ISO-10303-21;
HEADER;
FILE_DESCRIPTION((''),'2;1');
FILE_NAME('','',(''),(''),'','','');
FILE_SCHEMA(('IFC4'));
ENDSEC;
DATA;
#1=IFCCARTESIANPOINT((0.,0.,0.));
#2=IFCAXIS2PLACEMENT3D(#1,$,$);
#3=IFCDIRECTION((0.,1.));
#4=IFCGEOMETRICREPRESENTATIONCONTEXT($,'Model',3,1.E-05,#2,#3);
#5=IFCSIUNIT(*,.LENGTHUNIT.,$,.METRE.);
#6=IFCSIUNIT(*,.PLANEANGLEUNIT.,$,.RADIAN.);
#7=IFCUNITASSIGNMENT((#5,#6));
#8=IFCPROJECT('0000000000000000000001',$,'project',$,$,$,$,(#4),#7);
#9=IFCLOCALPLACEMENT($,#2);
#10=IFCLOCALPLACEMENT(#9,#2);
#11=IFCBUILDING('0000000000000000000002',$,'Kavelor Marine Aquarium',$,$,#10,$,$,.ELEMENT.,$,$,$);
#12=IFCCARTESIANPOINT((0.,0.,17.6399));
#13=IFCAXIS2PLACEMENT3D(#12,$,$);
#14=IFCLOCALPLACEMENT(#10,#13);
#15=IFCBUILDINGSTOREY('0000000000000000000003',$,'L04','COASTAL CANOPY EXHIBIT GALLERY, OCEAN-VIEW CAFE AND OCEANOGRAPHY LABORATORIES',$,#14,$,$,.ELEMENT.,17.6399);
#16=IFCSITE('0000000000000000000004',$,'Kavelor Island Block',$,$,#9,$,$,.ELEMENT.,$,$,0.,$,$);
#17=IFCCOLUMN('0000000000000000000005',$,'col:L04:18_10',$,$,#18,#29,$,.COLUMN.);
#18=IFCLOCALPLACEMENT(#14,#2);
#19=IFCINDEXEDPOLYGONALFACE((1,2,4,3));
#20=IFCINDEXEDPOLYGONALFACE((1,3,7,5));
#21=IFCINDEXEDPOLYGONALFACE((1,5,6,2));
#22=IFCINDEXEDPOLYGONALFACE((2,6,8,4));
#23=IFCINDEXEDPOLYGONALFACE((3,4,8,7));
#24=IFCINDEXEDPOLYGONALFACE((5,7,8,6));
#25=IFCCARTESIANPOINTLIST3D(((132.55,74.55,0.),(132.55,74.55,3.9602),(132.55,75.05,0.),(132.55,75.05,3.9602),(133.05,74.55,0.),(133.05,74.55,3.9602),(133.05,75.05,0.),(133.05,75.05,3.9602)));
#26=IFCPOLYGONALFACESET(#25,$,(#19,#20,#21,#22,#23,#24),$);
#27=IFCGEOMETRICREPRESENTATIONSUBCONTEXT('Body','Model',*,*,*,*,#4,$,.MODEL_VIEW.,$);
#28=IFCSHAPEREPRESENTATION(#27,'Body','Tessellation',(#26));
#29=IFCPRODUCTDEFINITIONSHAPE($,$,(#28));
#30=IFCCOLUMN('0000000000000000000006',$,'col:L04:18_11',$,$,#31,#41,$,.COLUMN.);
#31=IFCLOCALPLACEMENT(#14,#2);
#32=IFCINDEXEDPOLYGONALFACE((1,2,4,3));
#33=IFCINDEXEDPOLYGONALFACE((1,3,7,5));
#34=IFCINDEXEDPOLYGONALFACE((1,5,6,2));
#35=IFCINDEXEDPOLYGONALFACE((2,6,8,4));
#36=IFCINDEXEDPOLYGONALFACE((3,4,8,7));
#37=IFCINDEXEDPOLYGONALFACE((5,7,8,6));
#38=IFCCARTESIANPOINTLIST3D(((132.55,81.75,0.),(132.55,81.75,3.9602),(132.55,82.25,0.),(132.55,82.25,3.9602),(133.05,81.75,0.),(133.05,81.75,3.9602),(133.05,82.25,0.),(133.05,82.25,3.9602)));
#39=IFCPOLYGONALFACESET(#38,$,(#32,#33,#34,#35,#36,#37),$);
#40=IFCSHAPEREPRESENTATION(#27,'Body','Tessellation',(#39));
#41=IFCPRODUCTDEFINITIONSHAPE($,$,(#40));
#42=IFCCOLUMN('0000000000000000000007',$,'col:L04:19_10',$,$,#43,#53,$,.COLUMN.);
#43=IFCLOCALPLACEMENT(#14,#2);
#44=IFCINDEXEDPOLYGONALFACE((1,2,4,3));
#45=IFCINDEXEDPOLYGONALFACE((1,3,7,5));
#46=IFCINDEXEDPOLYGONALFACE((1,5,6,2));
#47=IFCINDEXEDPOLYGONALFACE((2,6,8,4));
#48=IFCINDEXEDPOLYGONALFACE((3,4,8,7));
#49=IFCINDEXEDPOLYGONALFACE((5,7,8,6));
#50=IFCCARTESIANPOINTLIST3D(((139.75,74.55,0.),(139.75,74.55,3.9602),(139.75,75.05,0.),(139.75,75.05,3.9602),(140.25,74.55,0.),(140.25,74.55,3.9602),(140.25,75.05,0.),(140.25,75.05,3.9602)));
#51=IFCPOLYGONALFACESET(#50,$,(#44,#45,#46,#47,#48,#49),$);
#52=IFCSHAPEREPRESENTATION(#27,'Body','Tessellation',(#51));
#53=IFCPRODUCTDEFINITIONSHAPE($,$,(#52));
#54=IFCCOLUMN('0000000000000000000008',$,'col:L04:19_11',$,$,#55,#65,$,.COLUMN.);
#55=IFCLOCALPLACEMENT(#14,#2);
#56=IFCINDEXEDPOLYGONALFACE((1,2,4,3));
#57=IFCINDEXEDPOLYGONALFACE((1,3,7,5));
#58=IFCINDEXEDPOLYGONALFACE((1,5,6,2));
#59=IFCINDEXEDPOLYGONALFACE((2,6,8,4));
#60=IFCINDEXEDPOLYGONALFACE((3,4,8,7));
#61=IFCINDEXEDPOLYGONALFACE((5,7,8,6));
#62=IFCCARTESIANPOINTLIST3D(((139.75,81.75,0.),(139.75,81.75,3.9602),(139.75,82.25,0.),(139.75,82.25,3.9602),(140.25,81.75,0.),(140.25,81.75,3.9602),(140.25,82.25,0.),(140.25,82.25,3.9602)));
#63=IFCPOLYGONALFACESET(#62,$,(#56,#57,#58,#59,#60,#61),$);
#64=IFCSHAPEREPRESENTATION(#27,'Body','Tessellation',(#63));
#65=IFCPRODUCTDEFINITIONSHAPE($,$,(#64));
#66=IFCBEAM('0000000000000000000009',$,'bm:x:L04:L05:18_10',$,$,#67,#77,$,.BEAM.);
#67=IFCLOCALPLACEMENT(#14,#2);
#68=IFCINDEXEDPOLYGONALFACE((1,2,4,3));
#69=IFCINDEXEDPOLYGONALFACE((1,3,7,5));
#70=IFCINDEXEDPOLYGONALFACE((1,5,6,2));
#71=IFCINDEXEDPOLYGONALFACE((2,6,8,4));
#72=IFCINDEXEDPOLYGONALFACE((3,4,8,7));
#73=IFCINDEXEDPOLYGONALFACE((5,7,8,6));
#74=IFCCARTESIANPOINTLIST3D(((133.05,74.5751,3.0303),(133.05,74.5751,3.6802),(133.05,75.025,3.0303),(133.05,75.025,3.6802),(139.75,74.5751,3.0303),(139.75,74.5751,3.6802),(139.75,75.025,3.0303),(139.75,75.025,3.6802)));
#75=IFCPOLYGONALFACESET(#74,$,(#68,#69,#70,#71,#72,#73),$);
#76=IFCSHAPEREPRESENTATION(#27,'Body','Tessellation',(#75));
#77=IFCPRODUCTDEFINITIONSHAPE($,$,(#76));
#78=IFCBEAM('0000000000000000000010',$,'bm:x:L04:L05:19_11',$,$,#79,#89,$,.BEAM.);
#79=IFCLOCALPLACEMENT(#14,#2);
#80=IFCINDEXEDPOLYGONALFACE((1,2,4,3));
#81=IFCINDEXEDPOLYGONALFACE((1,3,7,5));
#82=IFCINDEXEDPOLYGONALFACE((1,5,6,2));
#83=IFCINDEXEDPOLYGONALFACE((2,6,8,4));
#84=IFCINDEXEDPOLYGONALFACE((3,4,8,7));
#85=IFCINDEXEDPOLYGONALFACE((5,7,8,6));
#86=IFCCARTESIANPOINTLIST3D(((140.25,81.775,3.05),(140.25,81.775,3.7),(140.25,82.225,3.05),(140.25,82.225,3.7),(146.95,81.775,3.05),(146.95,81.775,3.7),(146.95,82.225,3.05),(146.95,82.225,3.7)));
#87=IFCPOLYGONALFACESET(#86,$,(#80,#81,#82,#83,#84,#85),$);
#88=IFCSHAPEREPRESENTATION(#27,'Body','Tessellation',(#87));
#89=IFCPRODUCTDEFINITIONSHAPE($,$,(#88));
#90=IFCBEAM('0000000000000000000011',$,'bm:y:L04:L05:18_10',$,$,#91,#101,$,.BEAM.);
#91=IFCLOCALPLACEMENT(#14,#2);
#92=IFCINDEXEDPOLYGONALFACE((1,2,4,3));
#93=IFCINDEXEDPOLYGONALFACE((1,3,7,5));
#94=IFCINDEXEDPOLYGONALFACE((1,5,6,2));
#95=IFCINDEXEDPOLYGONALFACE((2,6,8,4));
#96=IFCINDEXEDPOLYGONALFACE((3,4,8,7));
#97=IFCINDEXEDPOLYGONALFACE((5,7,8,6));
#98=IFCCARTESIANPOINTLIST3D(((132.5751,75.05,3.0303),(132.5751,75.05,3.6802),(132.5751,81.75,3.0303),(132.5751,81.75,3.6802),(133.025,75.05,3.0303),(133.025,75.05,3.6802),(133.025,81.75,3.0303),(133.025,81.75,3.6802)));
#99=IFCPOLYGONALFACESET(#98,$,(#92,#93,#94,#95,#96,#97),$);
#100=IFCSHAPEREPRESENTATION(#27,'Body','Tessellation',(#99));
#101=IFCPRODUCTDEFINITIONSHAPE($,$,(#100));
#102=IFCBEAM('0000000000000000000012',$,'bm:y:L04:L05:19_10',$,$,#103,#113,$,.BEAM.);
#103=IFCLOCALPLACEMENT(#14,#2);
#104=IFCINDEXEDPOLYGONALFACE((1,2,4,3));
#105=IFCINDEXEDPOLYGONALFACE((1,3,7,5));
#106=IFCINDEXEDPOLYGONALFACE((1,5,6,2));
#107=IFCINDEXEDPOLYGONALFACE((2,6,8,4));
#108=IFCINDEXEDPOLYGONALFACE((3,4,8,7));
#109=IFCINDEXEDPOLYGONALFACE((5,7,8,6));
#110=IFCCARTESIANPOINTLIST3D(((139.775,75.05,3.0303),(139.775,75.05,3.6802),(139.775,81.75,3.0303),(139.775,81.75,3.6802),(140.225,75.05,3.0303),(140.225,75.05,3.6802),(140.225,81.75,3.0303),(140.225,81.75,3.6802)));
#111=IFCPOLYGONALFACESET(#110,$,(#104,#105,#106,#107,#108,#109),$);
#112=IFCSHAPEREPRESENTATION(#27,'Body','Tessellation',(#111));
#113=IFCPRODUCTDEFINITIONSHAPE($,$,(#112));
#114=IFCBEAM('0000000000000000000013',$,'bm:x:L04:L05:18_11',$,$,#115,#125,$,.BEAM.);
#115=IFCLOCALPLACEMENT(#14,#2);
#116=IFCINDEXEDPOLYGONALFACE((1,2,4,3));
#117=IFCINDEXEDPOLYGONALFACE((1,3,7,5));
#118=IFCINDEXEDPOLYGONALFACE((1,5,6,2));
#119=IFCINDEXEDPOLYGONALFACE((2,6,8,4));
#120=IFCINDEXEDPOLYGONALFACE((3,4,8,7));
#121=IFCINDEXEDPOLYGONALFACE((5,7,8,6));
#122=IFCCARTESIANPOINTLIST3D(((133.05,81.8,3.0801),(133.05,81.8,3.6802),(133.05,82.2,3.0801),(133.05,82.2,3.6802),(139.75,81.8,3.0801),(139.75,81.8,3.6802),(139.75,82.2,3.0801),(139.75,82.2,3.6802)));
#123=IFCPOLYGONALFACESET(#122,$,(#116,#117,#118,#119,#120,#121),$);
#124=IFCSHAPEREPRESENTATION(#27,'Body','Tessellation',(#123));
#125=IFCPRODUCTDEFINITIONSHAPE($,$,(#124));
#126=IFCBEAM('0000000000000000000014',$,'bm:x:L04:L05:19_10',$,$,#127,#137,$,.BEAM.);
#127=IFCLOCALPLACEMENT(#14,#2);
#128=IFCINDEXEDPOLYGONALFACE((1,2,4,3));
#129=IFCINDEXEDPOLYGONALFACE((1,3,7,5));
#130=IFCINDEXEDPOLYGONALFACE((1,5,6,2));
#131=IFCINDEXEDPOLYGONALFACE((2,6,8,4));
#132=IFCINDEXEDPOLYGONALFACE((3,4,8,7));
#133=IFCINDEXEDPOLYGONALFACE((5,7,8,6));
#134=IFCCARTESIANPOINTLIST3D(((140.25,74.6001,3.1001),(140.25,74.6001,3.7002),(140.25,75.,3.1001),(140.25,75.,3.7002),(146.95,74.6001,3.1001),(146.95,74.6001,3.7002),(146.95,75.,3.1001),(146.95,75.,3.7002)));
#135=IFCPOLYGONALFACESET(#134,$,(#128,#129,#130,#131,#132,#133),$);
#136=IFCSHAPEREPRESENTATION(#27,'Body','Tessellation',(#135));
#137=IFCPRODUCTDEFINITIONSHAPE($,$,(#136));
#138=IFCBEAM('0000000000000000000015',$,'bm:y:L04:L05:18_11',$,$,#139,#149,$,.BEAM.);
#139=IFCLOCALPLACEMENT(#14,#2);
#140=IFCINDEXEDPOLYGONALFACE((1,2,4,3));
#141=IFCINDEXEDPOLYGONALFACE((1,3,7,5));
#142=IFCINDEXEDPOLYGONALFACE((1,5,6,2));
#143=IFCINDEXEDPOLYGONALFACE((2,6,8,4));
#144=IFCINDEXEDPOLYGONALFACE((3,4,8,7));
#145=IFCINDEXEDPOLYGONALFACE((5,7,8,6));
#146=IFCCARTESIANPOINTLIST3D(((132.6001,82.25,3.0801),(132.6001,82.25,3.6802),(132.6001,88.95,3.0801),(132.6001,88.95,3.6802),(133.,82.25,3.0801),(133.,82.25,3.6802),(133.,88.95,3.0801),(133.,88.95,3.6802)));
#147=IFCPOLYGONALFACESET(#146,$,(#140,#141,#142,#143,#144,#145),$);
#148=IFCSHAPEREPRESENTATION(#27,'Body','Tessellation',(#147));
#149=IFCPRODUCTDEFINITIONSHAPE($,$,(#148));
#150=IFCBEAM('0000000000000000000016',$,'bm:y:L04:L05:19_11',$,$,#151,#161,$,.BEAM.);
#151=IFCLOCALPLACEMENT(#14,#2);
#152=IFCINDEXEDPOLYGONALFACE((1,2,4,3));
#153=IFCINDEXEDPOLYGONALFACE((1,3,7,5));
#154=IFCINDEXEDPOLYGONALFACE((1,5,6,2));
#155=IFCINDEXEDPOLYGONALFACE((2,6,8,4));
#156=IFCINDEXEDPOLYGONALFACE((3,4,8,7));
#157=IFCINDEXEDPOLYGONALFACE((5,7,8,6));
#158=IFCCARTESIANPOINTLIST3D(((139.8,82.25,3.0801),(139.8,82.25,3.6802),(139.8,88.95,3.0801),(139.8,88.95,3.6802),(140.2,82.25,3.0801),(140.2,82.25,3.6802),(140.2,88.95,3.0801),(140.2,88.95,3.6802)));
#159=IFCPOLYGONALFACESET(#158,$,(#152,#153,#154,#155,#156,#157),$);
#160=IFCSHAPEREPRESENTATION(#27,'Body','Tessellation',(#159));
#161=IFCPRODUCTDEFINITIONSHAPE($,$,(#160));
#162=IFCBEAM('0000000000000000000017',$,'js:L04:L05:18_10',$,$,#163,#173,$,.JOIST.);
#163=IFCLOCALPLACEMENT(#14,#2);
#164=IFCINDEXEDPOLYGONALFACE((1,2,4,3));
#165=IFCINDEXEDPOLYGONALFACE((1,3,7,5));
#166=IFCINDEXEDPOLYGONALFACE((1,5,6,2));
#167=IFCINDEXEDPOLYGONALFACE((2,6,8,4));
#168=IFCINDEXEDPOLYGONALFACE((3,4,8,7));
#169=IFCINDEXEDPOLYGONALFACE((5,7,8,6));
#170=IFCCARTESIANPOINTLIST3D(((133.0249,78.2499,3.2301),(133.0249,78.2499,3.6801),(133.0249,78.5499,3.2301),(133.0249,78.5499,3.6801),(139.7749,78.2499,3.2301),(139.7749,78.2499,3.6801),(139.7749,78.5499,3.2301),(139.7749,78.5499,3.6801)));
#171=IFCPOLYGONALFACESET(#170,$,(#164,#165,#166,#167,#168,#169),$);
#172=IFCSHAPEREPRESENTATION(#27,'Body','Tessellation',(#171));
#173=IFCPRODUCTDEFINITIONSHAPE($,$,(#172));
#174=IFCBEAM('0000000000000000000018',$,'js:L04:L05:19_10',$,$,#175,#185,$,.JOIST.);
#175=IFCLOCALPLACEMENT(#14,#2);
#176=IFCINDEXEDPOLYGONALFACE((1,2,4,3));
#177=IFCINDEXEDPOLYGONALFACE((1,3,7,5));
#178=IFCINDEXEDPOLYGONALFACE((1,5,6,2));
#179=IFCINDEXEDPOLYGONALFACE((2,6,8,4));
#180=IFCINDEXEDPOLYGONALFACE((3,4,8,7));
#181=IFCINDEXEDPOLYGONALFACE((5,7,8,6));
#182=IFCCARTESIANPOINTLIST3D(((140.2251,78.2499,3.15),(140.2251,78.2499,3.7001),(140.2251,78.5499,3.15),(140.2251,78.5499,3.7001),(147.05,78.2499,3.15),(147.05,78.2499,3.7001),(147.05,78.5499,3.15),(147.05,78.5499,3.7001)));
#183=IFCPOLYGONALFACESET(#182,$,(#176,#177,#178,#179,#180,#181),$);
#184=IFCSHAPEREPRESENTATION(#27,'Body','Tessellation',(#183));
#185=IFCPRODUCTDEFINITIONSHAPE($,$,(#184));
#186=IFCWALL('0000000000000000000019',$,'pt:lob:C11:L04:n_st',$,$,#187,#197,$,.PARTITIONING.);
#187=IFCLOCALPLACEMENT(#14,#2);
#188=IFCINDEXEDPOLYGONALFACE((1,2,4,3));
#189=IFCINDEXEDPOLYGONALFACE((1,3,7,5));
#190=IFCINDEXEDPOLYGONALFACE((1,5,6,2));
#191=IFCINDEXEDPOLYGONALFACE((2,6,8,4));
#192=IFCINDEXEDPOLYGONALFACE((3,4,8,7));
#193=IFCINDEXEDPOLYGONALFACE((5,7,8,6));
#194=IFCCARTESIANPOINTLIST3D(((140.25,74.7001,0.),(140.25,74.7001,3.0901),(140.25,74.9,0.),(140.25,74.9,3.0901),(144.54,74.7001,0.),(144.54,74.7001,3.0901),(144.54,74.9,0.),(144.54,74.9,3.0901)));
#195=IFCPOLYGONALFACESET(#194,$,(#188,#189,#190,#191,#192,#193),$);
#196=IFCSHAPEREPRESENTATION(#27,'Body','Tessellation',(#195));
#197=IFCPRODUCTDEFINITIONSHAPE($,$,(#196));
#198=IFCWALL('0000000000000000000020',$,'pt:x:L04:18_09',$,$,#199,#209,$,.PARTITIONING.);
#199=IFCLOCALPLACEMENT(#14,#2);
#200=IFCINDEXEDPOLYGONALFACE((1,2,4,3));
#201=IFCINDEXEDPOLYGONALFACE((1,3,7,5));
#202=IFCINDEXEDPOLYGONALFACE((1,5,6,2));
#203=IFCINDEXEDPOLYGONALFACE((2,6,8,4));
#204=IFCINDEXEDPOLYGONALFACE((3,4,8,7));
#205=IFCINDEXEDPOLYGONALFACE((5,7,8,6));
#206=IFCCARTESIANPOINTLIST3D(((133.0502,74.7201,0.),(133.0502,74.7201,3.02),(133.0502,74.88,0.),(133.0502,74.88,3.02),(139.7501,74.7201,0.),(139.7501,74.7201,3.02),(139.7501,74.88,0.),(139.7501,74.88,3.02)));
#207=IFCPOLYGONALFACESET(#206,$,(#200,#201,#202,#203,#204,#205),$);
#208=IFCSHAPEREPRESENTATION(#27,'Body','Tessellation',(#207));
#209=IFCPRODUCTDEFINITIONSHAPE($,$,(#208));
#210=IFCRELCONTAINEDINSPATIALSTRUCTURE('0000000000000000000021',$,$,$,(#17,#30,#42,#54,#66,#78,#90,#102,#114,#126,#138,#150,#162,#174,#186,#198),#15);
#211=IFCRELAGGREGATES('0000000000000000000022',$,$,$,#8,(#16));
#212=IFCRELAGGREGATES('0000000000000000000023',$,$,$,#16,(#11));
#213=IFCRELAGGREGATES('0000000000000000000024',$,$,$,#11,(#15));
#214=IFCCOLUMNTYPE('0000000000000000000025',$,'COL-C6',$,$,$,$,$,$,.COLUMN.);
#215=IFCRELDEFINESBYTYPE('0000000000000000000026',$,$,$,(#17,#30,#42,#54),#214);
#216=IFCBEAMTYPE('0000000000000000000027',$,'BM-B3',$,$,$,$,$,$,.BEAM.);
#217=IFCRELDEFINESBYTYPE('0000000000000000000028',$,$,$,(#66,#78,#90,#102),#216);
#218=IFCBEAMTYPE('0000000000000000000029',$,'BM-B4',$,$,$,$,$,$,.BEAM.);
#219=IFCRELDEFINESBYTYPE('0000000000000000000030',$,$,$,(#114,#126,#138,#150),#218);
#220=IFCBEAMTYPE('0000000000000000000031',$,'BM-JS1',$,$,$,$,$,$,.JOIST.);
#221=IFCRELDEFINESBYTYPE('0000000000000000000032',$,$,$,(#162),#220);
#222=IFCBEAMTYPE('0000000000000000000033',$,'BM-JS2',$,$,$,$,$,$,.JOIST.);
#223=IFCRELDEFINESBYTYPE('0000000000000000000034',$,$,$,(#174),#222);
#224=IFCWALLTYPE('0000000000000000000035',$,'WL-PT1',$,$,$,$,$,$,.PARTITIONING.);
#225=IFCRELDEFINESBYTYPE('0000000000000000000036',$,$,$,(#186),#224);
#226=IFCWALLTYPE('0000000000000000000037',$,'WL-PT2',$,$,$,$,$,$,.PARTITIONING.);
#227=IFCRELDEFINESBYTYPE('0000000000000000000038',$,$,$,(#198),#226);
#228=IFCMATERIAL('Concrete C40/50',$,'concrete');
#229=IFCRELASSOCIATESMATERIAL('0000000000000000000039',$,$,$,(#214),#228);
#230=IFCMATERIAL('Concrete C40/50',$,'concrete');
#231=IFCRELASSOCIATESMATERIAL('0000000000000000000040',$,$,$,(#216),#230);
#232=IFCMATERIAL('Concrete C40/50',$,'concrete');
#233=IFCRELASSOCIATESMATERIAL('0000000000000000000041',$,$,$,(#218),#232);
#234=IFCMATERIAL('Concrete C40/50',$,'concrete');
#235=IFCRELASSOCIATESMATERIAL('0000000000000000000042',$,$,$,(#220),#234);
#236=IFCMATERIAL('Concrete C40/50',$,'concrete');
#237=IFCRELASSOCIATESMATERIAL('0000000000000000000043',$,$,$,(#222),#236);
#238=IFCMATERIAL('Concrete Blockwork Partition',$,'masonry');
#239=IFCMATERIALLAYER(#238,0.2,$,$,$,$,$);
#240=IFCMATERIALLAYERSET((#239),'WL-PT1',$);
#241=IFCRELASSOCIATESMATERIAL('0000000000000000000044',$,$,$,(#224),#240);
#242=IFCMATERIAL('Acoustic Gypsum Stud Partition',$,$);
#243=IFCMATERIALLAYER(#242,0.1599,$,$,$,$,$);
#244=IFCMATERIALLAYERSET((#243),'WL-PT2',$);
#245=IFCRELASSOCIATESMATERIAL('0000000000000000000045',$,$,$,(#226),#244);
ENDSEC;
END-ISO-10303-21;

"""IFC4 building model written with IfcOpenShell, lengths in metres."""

from ifc_helpers import new_model, si_unit, direction, frame, frame_2d, origin, origin_2d, place, context, subcontext, project, spatial, rectangle, extrude, material, layer, layer_set, material_profile, profile_set, type_object, element, save


model = new_model("IFC4")

# Units and contexts
model_context = context("Model", 3, precision=1e-05, world=origin(), true_north=direction((0.0, 1.0)))
body_context = subcontext(model_context, "Body", "Model", "MODEL_VIEW")
ifc_project = project(units=[si_unit("LENGTHUNIT", "METRE"), si_unit("PLANEANGLEUNIT", "RADIAN")], contexts=[model_context])

# Site, building, storey
site_placement = place(None, origin())
site = spatial("IfcSite", under=ifc_project, at=site_placement, Name="Kavelor Island Block", CompositionType="ELEMENT", RefElevation=0.0)
building_placement = place(site_placement, origin())
building = spatial("IfcBuilding", under=site, at=building_placement, Name="Kavelor Marine Aquarium", CompositionType="ELEMENT")
storey_placement = place(building_placement, frame((0.0, 0.0, 17.6399)))
storey = spatial("IfcBuildingStorey", under=building, at=storey_placement, Name="L04", Description="COASTAL CANOPY EXHIBIT GALLERY, OCEAN-VIEW CAFE AND OCEANOGRAPHY LABORATORIES", CompositionType="ELEMENT", Elevation=17.6399)

# Columns
ifc_material_1 = material(Name="Concrete C40/50", Category="concrete")
ifc_material_profile_1 = material_profile(ifc_material_1, rectangle(XDim=0.5, YDim=0.5, at=origin_2d()), Name="RC-COL 500x500")
ifc_profile_set_1 = profile_set([ifc_material_profile_1], Name="Concrete C40/50")
column_type = type_object("IfcColumnType", Name="COL-C6", PredefinedType="COLUMN", material=ifc_profile_set_1)
for number, where, z_axis, x_axis, name in (
    (1, (132.8, 74.8, 0.0), (0.0, 0.0, 1.0), (1.0, 0.0, 0.0), "col:L04:18_10"),
    (2, (132.8, 82.0, 0.0), (0.0, 0.0, 1.0), (1.0, 0.0, 0.0), "col:L04:18_11"),
    (3, (140.0, 74.8, 0.0), (0.0, 0.0, 1.0), (1.0, 0.0, 0.0), "col:L04:19_10"),
    (4, (140.0, 82.0, 0.0), (0.0, 0.0, 1.0), (1.0, 0.0, 0.0), "col:L04:19_11"),
):
    element("IfcColumn", number, at=place(storey_placement, frame(where, z_axis=z_axis, x_axis=x_axis)), inside=storey, type_object=column_type, Name=name, PredefinedType="COLUMN", context=body_context, shape_type="SweptSolid", body=[
        extrude(rectangle(XDim=0.5, YDim=0.5, at=origin_2d()), origin(), (0.0, 0.0, 1.0), 3.9602),
    ])

# Beams
ifc_material_2 = material(Name="Concrete C40/50", Category="concrete")
ifc_material_profile_2 = material_profile(ifc_material_2, rectangle(XDim=0.45, YDim=0.6499, at=origin_2d()), Name="RC-BM 450x650")
ifc_profile_set_2 = profile_set([ifc_material_profile_2], Name="Concrete C40/50")
beam_type_1 = type_object("IfcBeamType", Name="BM-B3", PredefinedType="BEAM", material=ifc_profile_set_2)
for number, where, z_axis, x_axis, name in (
    (5, (133.05, 74.8, 3.3552), (1.0, 0.0, 0.0), (0.0, 1.0, 0.0), "bm:x:L04:L05:18_10"),
    (6, (140.25, 82.0, 3.375), (1.0, 0.0, 0.0), (0.0, 1.0, 0.0), "bm:x:L04:L05:19_11"),
    (7, (132.8, 75.05, 3.3552), (0.0, 1.0, 0.0), (-1.0, 0.0, 0.0), "bm:y:L04:L05:18_10"),
    (8, (140.0, 75.05, 3.3552), (0.0, 1.0, 0.0), (-1.0, 0.0, 0.0), "bm:y:L04:L05:19_10"),
):
    element("IfcBeam", number, at=place(storey_placement, frame(where, z_axis=z_axis, x_axis=x_axis)), inside=storey, type_object=beam_type_1, Name=name, PredefinedType="BEAM", context=body_context, shape_type="SweptSolid", body=[
        extrude(rectangle(XDim=0.45, YDim=0.6499, at=origin_2d()), origin(), (0.0, 0.0, 1.0), 6.7),
    ])
ifc_material_3 = material(Name="Concrete C40/50", Category="concrete")
ifc_material_profile_3 = material_profile(ifc_material_3, rectangle(XDim=0.3999, YDim=0.6001, at=origin_2d()), Name="RC-BM 400x600")
ifc_profile_set_3 = profile_set([ifc_material_profile_3], Name="Concrete C40/50")
beam_type_2 = type_object("IfcBeamType", Name="BM-B4", PredefinedType="BEAM", material=ifc_profile_set_3)
for number, where, z_axis, x_axis, name in (
    (9, (133.05, 82.0, 3.3801), (1.0, 0.0, 0.0), (0.0, 1.0, 0.0), "bm:x:L04:L05:18_11"),
    (10, (140.25, 74.8, 3.4001), (1.0, 0.0, 0.0), (0.0, 1.0, 0.0), "bm:x:L04:L05:19_10"),
    (11, (132.8, 82.25, 3.3801), (0.0, 1.0, 0.0), (-1.0, 0.0, 0.0), "bm:y:L04:L05:18_11"),
    (12, (140.0, 82.25, 3.3801), (0.0, 1.0, 0.0), (-1.0, 0.0, 0.0), "bm:y:L04:L05:19_11"),
):
    element("IfcBeam", number, at=place(storey_placement, frame(where, z_axis=z_axis, x_axis=x_axis)), inside=storey, type_object=beam_type_2, Name=name, PredefinedType="BEAM", context=body_context, shape_type="SweptSolid", body=[
        extrude(rectangle(XDim=0.3999, YDim=0.6001, at=origin_2d()), origin(), (0.0, 0.0, 1.0), 6.7),
    ])
ifc_material_4 = material(Name="Concrete C40/50", Category="concrete")
ifc_material_profile_4 = material_profile(ifc_material_4, rectangle(XDim=0.3, YDim=0.45, at=origin_2d()), Name="RC-JS 300x450")
ifc_profile_set_4 = profile_set([ifc_material_profile_4], Name="Concrete C40/50")
beam_type_3 = type_object("IfcBeamType", Name="BM-JS1", PredefinedType="JOIST", material=ifc_profile_set_4)
beam_1_placement = place(storey_placement, frame((133.0249, 78.3999, 3.4551), z_axis=(1.0, 0.0, 0.0), x_axis=(0.0, 1.0, 0.0)))
element("IfcBeam", 13, at=beam_1_placement, inside=storey, type_object=beam_type_3, Name="js:L04:L05:18_10", PredefinedType="JOIST", context=body_context, shape_type="SweptSolid", body=[
    extrude(rectangle(XDim=0.3, YDim=0.45, at=origin_2d()), origin(), (0.0, 0.0, 1.0), 6.75),
])
ifc_material_5 = material(Name="Concrete C40/50", Category="concrete")
ifc_material_profile_5 = material_profile(ifc_material_5, rectangle(XDim=0.3, YDim=0.55, at=origin_2d()), Name="RC-JS 300x550")
ifc_profile_set_5 = profile_set([ifc_material_profile_5], Name="Concrete C40/50")
beam_type_4 = type_object("IfcBeamType", Name="BM-JS2", PredefinedType="JOIST", material=ifc_profile_set_5)
beam_2_placement = place(storey_placement, frame((140.2251, 78.3999, 3.425), z_axis=(1.0, 0.0, 0.0), x_axis=(0.0, 1.0, 0.0)))
element("IfcBeam", 14, at=beam_2_placement, inside=storey, type_object=beam_type_4, Name="js:L04:L05:19_10", PredefinedType="JOIST", context=body_context, shape_type="SweptSolid", body=[
    extrude(rectangle(XDim=0.3, YDim=0.55, at=origin_2d()), origin(), (0.0, 0.0, 1.0), 6.825),
])

# Walls
ifc_material_6 = material(Name="Concrete Blockwork Partition", Category="masonry")
ifc_layer_1 = layer(ifc_material_6, 0.2)
ifc_layer_set_1 = layer_set([ifc_layer_1], Name="WL-PT1")
wall_type_1 = type_object("IfcWallType", Name="WL-PT1", PredefinedType="PARTITIONING", material=ifc_layer_set_1)
wall_1_placement = place(storey_placement, frame((140.25, 74.8, 0.0), z_axis=(0.0, 0.0, 1.0), x_axis=(1.0, 0.0, 0.0)))
element("IfcWall", 15, at=wall_1_placement, inside=storey, type_object=wall_type_1, Name="pt:lob:C11:L04:n_st", PredefinedType="PARTITIONING", context=body_context, shape_type="SweptSolid", body=[
    extrude(rectangle(XDim=4.29, YDim=0.2, at=frame_2d((2.145, 0.0))), origin(), (0.0, 0.0, 1.0), 3.0901),
])
ifc_material_7 = material(Name="Acoustic Gypsum Stud Partition")
ifc_layer_2 = layer(ifc_material_7, 0.1599)
ifc_layer_set_2 = layer_set([ifc_layer_2], Name="WL-PT2")
wall_type_2 = type_object("IfcWallType", Name="WL-PT2", PredefinedType="PARTITIONING", material=ifc_layer_set_2)
wall_2_placement = place(storey_placement, frame((133.05, 74.8, 0.0), z_axis=(0.0, 0.0, 1.0), x_axis=(1.0, 0.0, 0.0)))
element("IfcWall", 16, at=wall_2_placement, inside=storey, type_object=wall_type_2, Name="pt:x:L04:18_09", PredefinedType="PARTITIONING", context=body_context, shape_type="SweptSolid", body=[
    extrude(rectangle(XDim=6.7, YDim=0.1599, at=frame_2d((3.3501, 0.0))), origin(), (0.0, 0.0, 1.0), 3.02),
])

save(model, "model.ifc")
